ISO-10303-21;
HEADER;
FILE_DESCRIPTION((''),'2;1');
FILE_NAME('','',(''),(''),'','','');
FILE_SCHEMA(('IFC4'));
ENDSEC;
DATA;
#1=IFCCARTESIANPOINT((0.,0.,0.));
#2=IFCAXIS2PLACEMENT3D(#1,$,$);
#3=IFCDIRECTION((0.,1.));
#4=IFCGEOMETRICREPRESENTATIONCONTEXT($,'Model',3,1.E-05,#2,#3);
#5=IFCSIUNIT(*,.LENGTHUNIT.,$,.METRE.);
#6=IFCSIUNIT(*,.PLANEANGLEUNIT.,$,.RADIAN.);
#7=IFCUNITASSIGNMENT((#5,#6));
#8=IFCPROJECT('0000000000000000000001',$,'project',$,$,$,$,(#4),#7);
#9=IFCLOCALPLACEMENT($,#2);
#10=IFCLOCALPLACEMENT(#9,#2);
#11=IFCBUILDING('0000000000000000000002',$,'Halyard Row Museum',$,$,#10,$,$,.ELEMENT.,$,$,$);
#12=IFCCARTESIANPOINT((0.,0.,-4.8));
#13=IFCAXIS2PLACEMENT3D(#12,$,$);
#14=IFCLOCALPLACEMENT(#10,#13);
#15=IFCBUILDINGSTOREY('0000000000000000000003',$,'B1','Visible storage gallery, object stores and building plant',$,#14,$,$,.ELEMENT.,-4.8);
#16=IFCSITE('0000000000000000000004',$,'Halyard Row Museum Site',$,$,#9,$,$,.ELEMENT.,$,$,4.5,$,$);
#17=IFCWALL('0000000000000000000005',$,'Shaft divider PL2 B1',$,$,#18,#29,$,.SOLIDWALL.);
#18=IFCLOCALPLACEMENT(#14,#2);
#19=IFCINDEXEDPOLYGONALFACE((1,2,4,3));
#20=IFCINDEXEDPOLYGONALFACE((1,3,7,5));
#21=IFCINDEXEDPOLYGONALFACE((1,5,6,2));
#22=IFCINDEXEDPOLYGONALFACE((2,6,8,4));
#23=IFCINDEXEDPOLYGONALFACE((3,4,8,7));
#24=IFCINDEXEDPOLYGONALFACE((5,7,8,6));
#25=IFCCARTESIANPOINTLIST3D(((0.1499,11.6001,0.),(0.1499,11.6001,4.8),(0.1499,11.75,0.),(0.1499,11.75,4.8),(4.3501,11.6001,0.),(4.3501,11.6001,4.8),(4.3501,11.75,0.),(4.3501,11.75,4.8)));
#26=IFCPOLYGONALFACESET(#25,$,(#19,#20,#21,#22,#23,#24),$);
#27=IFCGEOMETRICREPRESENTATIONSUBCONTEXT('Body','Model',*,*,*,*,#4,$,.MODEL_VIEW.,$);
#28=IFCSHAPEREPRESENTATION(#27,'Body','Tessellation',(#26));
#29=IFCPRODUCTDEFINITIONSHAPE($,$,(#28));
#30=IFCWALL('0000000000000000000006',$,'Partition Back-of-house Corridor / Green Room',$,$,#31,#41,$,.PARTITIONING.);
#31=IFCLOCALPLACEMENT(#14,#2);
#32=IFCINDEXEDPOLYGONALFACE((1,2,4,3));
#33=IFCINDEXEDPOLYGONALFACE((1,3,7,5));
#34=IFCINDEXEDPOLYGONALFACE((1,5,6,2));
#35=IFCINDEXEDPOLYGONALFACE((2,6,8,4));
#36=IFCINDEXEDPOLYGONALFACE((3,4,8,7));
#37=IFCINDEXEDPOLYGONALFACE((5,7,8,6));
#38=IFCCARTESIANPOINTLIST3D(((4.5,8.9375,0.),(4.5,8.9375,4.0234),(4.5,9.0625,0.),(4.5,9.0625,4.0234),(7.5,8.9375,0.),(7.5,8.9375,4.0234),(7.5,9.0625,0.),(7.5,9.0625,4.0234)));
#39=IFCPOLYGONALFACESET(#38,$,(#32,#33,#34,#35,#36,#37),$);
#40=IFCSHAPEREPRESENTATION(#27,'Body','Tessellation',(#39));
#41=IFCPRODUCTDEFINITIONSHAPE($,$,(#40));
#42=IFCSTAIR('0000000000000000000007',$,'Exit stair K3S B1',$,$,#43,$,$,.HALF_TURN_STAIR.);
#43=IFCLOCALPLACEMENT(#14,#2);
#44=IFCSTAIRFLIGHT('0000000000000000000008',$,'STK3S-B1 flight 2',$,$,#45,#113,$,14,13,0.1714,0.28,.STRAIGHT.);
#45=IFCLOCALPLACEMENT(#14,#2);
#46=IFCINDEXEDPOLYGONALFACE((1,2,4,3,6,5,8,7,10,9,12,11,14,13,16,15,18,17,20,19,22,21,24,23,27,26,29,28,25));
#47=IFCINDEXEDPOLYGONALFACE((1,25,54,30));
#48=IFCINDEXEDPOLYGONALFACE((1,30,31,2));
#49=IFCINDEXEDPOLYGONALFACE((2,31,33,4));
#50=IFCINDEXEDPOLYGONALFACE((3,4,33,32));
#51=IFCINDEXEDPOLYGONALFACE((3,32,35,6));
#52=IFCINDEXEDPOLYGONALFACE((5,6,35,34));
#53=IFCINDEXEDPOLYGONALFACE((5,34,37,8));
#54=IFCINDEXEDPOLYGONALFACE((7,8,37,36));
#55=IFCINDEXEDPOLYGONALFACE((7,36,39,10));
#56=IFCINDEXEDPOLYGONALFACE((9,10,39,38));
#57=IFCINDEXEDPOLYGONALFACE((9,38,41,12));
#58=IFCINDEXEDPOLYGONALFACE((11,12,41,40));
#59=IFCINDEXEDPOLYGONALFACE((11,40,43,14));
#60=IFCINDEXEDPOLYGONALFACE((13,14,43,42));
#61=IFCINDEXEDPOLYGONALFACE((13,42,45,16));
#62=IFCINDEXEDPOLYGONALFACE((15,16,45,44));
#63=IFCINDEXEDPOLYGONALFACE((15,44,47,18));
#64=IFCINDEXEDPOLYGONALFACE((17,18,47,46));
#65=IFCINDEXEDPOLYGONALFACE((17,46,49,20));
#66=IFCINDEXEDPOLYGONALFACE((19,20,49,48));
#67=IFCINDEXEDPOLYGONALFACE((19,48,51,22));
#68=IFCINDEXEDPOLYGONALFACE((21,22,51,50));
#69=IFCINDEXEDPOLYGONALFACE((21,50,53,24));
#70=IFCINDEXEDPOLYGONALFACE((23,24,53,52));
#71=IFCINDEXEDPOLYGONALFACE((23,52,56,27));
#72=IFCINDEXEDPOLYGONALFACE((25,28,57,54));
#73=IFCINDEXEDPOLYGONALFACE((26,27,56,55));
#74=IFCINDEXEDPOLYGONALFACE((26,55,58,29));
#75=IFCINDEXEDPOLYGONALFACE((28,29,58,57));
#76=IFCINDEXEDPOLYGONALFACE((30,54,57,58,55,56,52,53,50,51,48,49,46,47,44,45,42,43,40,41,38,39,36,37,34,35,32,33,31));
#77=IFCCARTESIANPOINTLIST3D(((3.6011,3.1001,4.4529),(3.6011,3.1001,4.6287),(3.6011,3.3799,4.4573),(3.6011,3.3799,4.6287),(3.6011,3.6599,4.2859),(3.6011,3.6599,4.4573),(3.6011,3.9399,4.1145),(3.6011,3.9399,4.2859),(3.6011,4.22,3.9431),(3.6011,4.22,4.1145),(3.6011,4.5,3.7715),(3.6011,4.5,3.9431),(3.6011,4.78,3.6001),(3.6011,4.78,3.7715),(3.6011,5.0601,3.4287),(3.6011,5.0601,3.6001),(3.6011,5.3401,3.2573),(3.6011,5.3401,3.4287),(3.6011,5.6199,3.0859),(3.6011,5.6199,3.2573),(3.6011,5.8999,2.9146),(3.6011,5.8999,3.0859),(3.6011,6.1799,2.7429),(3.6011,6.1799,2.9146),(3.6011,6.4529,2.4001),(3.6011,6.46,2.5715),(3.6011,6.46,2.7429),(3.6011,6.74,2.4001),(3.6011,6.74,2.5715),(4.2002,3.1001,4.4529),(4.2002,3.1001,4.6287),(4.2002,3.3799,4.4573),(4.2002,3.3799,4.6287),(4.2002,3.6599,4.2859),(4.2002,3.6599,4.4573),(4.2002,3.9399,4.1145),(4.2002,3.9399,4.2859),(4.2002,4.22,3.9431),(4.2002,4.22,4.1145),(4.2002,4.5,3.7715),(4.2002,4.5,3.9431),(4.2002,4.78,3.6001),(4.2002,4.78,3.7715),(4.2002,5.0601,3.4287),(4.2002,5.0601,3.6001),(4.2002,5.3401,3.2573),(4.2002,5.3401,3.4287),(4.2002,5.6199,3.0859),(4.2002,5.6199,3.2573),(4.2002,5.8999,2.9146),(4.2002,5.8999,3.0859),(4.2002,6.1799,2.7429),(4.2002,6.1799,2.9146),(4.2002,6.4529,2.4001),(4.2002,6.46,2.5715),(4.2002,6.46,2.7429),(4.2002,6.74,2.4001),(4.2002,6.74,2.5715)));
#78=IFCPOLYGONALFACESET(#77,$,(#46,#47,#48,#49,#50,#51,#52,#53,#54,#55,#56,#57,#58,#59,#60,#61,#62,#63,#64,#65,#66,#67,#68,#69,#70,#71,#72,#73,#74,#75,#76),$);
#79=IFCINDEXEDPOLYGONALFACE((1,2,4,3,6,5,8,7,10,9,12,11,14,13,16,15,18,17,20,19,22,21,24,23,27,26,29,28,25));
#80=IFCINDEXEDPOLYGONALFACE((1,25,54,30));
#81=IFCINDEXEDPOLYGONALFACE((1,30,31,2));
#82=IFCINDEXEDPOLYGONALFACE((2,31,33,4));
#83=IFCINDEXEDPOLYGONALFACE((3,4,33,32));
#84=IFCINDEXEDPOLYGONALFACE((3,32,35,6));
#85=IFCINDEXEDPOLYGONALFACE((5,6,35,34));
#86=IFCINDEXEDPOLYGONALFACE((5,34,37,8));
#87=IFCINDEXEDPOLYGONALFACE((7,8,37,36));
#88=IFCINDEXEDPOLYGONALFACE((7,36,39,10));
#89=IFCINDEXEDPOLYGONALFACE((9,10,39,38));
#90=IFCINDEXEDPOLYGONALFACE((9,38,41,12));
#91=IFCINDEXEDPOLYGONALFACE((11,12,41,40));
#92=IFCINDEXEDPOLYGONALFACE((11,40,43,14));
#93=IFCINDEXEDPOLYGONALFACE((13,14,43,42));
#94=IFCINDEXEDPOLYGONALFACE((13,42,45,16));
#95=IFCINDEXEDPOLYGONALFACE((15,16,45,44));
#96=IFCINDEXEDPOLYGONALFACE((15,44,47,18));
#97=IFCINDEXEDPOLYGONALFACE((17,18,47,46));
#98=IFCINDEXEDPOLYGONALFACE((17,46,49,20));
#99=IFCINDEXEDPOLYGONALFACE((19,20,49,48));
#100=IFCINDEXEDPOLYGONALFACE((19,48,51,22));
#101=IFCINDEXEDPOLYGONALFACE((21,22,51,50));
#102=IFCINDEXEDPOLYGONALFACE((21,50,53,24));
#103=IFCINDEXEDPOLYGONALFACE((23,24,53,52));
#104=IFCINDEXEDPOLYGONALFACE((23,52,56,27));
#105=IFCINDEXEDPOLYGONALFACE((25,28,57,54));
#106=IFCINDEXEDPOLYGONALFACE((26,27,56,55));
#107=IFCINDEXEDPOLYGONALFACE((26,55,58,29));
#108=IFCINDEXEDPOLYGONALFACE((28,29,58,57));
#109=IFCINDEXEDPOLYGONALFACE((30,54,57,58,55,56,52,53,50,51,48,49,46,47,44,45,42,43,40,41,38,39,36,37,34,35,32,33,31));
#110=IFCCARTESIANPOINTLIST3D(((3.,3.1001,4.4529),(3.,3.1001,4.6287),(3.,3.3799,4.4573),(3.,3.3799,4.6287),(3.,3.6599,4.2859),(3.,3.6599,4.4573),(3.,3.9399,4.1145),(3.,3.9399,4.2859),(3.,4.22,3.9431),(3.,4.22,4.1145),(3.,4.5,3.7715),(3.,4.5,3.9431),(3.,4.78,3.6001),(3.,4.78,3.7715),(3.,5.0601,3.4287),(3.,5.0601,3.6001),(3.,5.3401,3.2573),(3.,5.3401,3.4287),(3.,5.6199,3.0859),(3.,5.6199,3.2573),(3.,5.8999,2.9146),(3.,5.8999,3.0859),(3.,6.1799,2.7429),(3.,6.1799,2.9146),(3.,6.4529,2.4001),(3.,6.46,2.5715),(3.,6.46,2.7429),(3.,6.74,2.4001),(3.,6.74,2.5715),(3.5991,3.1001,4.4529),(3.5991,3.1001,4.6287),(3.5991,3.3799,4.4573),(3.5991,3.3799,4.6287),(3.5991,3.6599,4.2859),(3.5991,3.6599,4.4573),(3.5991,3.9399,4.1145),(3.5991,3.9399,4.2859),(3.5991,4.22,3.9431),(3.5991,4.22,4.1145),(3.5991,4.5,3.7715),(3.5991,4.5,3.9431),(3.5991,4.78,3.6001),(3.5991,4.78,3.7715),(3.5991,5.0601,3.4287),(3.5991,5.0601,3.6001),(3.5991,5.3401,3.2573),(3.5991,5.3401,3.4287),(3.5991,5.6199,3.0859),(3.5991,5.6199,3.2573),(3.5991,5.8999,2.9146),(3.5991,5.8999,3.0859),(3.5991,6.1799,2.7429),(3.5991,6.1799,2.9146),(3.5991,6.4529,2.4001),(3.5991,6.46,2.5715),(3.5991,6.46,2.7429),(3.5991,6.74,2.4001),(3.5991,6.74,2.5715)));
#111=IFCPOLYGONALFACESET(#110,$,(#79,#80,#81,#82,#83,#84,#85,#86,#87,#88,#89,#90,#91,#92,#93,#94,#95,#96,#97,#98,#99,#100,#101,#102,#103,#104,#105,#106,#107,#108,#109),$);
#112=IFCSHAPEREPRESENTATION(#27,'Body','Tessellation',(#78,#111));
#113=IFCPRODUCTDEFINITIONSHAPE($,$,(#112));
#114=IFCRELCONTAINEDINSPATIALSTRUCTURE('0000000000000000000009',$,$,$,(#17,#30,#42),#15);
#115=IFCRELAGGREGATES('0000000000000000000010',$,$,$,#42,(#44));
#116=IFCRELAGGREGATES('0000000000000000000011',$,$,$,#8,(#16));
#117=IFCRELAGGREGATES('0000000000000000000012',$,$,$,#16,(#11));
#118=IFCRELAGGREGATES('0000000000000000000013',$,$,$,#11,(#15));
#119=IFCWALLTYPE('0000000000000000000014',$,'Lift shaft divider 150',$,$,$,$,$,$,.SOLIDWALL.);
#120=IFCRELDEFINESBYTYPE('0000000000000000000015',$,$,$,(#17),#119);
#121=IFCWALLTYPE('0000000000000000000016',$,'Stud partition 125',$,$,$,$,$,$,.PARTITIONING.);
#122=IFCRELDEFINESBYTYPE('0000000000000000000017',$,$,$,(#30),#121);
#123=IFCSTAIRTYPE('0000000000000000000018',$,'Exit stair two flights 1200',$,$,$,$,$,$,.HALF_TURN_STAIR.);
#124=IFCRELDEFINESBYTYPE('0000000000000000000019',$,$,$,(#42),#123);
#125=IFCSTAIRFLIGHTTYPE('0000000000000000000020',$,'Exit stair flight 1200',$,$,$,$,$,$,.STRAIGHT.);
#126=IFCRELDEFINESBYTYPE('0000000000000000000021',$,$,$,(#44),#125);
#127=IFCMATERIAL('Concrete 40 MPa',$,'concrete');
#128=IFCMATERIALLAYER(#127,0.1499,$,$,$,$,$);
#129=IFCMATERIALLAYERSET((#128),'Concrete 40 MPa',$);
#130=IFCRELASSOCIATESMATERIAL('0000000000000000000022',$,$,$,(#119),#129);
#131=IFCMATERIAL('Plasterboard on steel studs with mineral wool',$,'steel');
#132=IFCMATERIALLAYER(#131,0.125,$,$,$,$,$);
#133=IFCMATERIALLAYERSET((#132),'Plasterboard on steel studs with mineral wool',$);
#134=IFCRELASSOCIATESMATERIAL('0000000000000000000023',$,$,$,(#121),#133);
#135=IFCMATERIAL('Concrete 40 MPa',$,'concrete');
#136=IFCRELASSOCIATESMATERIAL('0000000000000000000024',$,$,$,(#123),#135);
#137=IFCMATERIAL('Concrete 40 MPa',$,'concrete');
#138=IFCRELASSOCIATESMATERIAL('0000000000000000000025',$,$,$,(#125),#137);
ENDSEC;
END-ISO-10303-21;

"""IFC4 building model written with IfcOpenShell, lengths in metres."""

from ifc_helpers import new_model, si_unit, direction, frame, frame_2d, origin, place, context, subcontext, project, spatial, polyline, rectangle, outline, extrude, material, layer, layer_set, type_object, element, aggregate, save


model = new_model("IFC4")

# Units and contexts
model_context = context("Model", 3, precision=1e-05, world=origin(), true_north=direction((0.0, 1.0)))
body_context = subcontext(model_context, "Body", "Model", "MODEL_VIEW")
ifc_project = project(units=[si_unit("LENGTHUNIT", "METRE"), si_unit("PLANEANGLEUNIT", "RADIAN")], contexts=[model_context])

# Site, building, storey
site_placement = place(None, origin())
site = spatial("IfcSite", under=ifc_project, at=site_placement, Name="Halyard Row Museum Site", CompositionType="ELEMENT", RefElevation=4.5)
building_placement = place(site_placement, origin())
building = spatial("IfcBuilding", under=site, at=building_placement, Name="Halyard Row Museum", CompositionType="ELEMENT")
storey_placement = place(building_placement, frame((0.0, 0.0, -4.8)))
storey = spatial("IfcBuildingStorey", under=building, at=storey_placement, Name="B1", Description="Visible storage gallery, object stores and building plant", CompositionType="ELEMENT", Elevation=-4.8)

# Walls
ifc_material_1 = material(Name="Concrete 40 MPa", Category="concrete")
ifc_layer_1 = layer(ifc_material_1, 0.1499)
ifc_layer_set_1 = layer_set([ifc_layer_1], Name="Concrete 40 MPa")
wall_type_1 = type_object("IfcWallType", Name="Lift shaft divider 150", PredefinedType="SOLIDWALL", material=ifc_layer_set_1)
wall_1_placement = place(storey_placement, frame((0.1499, 11.675, 0.0), z_axis=(0.0, 0.0, 1.0), x_axis=(1.0, 0.0, 0.0)))
element("IfcWall", 1, at=wall_1_placement, inside=storey, type_object=wall_type_1, Name="Shaft divider PL2 B1", PredefinedType="SOLIDWALL", context=body_context, shape_type="SweptSolid", body=[
    extrude(rectangle(XDim=4.2002, YDim=0.1499, at=frame_2d((2.1001, 0.0))), origin(), (0.0, 0.0, 1.0), 4.8),
])
ifc_material_2 = material(Name="Plasterboard on steel studs with mineral wool", Category="steel")
ifc_layer_2 = layer(ifc_material_2, 0.125)
ifc_layer_set_2 = layer_set([ifc_layer_2], Name="Plasterboard on steel studs with mineral wool")
wall_type_2 = type_object("IfcWallType", Name="Stud partition 125", PredefinedType="PARTITIONING", material=ifc_layer_set_2)
wall_2_placement = place(storey_placement, frame((4.5, 9.0, 0.0), z_axis=(0.0, 0.0, 1.0), x_axis=(1.0, 0.0, 0.0)))
element("IfcWall", 2, at=wall_2_placement, inside=storey, type_object=wall_type_2, Name="Partition Back-of-house Corridor / Green Room", PredefinedType="PARTITIONING", context=body_context, shape_type="SweptSolid", body=[
    extrude(rectangle(XDim=3.0, YDim=0.125, at=frame_2d((1.5, 0.0))), origin(), (0.0, 0.0, 1.0), 4.0234),
])

# Stair, stair flight
ifc_material_3 = material(Name="Concrete 40 MPa", Category="concrete")
stair_type = type_object("IfcStairType", Name="Exit stair two flights 1200", PredefinedType="HALF_TURN_STAIR", material=ifc_material_3)
stair_placement = place(storey_placement, origin())
stair = element("IfcStair", 3, at=stair_placement, inside=storey, type_object=stair_type, Name="Exit stair K3S B1", PredefinedType="HALF_TURN_STAIR")
ifc_material_4 = material(Name="Concrete 40 MPa", Category="concrete")
stair_flight_type = type_object("IfcStairFlightType", Name="Exit stair flight 1200", PredefinedType="STRAIGHT", material=ifc_material_4)
stair_flight_placement = place(storey_placement, frame((3.6001, 6.74, 2.4001), z_axis=(0.0, 0.0, 1.0), x_axis=(0.0, -1.0, 0.0)))
stair_flight = element("IfcStairFlight", 4, at=stair_flight_placement, type_object=stair_flight_type, Name="STK3S-B1 flight 2", NumberOfRisers=14, NumberOfTreads=13, PredefinedType="STRAIGHT", RiserHeight=0.1714, TreadLength=0.28, context=body_context, shape_type="SweptSolid", body=[
    extrude(outline(polyline([(0.0, 0.0), (0.0, 0.1714), (0.28, 0.1714), (0.28, 0.3428), (0.5601, 0.3428), (0.5601, 0.5144), (0.8401, 0.5144), (0.8401, 0.6858), (1.1201, 0.6858), (1.1201, 0.8572), (1.3999, 0.8572), (1.3999, 1.0286), (1.6799, 1.0286), (1.6799, 1.2), (1.96, 1.2), (1.96, 1.3713), (2.24, 1.3713), (2.24, 1.543), (2.52, 1.543), (2.52, 1.7144), (2.8, 1.7144), (2.8, 1.8857), (3.0801, 1.8857), (3.0801, 2.0571), (3.3601, 2.0571), (3.3601, 2.2285), (3.6399, 2.2285), (3.6399, 2.3999), (3.6399, 2.0527), (0.2871, 0.0), (0.0, 0.0)])), frame((0.0, 0.6001, 0.0), z_axis=(0.0, -1.0, 0.0), x_axis=(1.0, 0.0, 0.0)), (0.0, 0.0, 1.0), 0.5991),
    extrude(outline(polyline([(0.0, 0.0), (0.0, 0.1714), (0.28, 0.1714), (0.28, 0.3428), (0.5601, 0.3428), (0.5601, 0.5144), (0.8401, 0.5144), (0.8401, 0.6858), (1.1201, 0.6858), (1.1201, 0.8572), (1.3999, 0.8572), (1.3999, 1.0286), (1.6799, 1.0286), (1.6799, 1.2), (1.96, 1.2), (1.96, 1.3713), (2.24, 1.3713), (2.24, 1.543), (2.52, 1.543), (2.52, 1.7144), (2.8, 1.7144), (2.8, 1.8857), (3.0801, 1.8857), (3.0801, 2.0571), (3.3601, 2.0571), (3.3601, 2.2285), (3.6399, 2.2285), (3.6399, 2.3999), (3.6399, 2.0527), (0.2871, 0.0), (0.0, 0.0)])), frame((0.0, -0.001, 0.0), z_axis=(0.0, -1.0, 0.0), x_axis=(1.0, 0.0, 0.0)), (0.0, 0.0, 1.0), 0.5991),
])
aggregate(stair, [stair_flight])

save(model, "model.ifc")
